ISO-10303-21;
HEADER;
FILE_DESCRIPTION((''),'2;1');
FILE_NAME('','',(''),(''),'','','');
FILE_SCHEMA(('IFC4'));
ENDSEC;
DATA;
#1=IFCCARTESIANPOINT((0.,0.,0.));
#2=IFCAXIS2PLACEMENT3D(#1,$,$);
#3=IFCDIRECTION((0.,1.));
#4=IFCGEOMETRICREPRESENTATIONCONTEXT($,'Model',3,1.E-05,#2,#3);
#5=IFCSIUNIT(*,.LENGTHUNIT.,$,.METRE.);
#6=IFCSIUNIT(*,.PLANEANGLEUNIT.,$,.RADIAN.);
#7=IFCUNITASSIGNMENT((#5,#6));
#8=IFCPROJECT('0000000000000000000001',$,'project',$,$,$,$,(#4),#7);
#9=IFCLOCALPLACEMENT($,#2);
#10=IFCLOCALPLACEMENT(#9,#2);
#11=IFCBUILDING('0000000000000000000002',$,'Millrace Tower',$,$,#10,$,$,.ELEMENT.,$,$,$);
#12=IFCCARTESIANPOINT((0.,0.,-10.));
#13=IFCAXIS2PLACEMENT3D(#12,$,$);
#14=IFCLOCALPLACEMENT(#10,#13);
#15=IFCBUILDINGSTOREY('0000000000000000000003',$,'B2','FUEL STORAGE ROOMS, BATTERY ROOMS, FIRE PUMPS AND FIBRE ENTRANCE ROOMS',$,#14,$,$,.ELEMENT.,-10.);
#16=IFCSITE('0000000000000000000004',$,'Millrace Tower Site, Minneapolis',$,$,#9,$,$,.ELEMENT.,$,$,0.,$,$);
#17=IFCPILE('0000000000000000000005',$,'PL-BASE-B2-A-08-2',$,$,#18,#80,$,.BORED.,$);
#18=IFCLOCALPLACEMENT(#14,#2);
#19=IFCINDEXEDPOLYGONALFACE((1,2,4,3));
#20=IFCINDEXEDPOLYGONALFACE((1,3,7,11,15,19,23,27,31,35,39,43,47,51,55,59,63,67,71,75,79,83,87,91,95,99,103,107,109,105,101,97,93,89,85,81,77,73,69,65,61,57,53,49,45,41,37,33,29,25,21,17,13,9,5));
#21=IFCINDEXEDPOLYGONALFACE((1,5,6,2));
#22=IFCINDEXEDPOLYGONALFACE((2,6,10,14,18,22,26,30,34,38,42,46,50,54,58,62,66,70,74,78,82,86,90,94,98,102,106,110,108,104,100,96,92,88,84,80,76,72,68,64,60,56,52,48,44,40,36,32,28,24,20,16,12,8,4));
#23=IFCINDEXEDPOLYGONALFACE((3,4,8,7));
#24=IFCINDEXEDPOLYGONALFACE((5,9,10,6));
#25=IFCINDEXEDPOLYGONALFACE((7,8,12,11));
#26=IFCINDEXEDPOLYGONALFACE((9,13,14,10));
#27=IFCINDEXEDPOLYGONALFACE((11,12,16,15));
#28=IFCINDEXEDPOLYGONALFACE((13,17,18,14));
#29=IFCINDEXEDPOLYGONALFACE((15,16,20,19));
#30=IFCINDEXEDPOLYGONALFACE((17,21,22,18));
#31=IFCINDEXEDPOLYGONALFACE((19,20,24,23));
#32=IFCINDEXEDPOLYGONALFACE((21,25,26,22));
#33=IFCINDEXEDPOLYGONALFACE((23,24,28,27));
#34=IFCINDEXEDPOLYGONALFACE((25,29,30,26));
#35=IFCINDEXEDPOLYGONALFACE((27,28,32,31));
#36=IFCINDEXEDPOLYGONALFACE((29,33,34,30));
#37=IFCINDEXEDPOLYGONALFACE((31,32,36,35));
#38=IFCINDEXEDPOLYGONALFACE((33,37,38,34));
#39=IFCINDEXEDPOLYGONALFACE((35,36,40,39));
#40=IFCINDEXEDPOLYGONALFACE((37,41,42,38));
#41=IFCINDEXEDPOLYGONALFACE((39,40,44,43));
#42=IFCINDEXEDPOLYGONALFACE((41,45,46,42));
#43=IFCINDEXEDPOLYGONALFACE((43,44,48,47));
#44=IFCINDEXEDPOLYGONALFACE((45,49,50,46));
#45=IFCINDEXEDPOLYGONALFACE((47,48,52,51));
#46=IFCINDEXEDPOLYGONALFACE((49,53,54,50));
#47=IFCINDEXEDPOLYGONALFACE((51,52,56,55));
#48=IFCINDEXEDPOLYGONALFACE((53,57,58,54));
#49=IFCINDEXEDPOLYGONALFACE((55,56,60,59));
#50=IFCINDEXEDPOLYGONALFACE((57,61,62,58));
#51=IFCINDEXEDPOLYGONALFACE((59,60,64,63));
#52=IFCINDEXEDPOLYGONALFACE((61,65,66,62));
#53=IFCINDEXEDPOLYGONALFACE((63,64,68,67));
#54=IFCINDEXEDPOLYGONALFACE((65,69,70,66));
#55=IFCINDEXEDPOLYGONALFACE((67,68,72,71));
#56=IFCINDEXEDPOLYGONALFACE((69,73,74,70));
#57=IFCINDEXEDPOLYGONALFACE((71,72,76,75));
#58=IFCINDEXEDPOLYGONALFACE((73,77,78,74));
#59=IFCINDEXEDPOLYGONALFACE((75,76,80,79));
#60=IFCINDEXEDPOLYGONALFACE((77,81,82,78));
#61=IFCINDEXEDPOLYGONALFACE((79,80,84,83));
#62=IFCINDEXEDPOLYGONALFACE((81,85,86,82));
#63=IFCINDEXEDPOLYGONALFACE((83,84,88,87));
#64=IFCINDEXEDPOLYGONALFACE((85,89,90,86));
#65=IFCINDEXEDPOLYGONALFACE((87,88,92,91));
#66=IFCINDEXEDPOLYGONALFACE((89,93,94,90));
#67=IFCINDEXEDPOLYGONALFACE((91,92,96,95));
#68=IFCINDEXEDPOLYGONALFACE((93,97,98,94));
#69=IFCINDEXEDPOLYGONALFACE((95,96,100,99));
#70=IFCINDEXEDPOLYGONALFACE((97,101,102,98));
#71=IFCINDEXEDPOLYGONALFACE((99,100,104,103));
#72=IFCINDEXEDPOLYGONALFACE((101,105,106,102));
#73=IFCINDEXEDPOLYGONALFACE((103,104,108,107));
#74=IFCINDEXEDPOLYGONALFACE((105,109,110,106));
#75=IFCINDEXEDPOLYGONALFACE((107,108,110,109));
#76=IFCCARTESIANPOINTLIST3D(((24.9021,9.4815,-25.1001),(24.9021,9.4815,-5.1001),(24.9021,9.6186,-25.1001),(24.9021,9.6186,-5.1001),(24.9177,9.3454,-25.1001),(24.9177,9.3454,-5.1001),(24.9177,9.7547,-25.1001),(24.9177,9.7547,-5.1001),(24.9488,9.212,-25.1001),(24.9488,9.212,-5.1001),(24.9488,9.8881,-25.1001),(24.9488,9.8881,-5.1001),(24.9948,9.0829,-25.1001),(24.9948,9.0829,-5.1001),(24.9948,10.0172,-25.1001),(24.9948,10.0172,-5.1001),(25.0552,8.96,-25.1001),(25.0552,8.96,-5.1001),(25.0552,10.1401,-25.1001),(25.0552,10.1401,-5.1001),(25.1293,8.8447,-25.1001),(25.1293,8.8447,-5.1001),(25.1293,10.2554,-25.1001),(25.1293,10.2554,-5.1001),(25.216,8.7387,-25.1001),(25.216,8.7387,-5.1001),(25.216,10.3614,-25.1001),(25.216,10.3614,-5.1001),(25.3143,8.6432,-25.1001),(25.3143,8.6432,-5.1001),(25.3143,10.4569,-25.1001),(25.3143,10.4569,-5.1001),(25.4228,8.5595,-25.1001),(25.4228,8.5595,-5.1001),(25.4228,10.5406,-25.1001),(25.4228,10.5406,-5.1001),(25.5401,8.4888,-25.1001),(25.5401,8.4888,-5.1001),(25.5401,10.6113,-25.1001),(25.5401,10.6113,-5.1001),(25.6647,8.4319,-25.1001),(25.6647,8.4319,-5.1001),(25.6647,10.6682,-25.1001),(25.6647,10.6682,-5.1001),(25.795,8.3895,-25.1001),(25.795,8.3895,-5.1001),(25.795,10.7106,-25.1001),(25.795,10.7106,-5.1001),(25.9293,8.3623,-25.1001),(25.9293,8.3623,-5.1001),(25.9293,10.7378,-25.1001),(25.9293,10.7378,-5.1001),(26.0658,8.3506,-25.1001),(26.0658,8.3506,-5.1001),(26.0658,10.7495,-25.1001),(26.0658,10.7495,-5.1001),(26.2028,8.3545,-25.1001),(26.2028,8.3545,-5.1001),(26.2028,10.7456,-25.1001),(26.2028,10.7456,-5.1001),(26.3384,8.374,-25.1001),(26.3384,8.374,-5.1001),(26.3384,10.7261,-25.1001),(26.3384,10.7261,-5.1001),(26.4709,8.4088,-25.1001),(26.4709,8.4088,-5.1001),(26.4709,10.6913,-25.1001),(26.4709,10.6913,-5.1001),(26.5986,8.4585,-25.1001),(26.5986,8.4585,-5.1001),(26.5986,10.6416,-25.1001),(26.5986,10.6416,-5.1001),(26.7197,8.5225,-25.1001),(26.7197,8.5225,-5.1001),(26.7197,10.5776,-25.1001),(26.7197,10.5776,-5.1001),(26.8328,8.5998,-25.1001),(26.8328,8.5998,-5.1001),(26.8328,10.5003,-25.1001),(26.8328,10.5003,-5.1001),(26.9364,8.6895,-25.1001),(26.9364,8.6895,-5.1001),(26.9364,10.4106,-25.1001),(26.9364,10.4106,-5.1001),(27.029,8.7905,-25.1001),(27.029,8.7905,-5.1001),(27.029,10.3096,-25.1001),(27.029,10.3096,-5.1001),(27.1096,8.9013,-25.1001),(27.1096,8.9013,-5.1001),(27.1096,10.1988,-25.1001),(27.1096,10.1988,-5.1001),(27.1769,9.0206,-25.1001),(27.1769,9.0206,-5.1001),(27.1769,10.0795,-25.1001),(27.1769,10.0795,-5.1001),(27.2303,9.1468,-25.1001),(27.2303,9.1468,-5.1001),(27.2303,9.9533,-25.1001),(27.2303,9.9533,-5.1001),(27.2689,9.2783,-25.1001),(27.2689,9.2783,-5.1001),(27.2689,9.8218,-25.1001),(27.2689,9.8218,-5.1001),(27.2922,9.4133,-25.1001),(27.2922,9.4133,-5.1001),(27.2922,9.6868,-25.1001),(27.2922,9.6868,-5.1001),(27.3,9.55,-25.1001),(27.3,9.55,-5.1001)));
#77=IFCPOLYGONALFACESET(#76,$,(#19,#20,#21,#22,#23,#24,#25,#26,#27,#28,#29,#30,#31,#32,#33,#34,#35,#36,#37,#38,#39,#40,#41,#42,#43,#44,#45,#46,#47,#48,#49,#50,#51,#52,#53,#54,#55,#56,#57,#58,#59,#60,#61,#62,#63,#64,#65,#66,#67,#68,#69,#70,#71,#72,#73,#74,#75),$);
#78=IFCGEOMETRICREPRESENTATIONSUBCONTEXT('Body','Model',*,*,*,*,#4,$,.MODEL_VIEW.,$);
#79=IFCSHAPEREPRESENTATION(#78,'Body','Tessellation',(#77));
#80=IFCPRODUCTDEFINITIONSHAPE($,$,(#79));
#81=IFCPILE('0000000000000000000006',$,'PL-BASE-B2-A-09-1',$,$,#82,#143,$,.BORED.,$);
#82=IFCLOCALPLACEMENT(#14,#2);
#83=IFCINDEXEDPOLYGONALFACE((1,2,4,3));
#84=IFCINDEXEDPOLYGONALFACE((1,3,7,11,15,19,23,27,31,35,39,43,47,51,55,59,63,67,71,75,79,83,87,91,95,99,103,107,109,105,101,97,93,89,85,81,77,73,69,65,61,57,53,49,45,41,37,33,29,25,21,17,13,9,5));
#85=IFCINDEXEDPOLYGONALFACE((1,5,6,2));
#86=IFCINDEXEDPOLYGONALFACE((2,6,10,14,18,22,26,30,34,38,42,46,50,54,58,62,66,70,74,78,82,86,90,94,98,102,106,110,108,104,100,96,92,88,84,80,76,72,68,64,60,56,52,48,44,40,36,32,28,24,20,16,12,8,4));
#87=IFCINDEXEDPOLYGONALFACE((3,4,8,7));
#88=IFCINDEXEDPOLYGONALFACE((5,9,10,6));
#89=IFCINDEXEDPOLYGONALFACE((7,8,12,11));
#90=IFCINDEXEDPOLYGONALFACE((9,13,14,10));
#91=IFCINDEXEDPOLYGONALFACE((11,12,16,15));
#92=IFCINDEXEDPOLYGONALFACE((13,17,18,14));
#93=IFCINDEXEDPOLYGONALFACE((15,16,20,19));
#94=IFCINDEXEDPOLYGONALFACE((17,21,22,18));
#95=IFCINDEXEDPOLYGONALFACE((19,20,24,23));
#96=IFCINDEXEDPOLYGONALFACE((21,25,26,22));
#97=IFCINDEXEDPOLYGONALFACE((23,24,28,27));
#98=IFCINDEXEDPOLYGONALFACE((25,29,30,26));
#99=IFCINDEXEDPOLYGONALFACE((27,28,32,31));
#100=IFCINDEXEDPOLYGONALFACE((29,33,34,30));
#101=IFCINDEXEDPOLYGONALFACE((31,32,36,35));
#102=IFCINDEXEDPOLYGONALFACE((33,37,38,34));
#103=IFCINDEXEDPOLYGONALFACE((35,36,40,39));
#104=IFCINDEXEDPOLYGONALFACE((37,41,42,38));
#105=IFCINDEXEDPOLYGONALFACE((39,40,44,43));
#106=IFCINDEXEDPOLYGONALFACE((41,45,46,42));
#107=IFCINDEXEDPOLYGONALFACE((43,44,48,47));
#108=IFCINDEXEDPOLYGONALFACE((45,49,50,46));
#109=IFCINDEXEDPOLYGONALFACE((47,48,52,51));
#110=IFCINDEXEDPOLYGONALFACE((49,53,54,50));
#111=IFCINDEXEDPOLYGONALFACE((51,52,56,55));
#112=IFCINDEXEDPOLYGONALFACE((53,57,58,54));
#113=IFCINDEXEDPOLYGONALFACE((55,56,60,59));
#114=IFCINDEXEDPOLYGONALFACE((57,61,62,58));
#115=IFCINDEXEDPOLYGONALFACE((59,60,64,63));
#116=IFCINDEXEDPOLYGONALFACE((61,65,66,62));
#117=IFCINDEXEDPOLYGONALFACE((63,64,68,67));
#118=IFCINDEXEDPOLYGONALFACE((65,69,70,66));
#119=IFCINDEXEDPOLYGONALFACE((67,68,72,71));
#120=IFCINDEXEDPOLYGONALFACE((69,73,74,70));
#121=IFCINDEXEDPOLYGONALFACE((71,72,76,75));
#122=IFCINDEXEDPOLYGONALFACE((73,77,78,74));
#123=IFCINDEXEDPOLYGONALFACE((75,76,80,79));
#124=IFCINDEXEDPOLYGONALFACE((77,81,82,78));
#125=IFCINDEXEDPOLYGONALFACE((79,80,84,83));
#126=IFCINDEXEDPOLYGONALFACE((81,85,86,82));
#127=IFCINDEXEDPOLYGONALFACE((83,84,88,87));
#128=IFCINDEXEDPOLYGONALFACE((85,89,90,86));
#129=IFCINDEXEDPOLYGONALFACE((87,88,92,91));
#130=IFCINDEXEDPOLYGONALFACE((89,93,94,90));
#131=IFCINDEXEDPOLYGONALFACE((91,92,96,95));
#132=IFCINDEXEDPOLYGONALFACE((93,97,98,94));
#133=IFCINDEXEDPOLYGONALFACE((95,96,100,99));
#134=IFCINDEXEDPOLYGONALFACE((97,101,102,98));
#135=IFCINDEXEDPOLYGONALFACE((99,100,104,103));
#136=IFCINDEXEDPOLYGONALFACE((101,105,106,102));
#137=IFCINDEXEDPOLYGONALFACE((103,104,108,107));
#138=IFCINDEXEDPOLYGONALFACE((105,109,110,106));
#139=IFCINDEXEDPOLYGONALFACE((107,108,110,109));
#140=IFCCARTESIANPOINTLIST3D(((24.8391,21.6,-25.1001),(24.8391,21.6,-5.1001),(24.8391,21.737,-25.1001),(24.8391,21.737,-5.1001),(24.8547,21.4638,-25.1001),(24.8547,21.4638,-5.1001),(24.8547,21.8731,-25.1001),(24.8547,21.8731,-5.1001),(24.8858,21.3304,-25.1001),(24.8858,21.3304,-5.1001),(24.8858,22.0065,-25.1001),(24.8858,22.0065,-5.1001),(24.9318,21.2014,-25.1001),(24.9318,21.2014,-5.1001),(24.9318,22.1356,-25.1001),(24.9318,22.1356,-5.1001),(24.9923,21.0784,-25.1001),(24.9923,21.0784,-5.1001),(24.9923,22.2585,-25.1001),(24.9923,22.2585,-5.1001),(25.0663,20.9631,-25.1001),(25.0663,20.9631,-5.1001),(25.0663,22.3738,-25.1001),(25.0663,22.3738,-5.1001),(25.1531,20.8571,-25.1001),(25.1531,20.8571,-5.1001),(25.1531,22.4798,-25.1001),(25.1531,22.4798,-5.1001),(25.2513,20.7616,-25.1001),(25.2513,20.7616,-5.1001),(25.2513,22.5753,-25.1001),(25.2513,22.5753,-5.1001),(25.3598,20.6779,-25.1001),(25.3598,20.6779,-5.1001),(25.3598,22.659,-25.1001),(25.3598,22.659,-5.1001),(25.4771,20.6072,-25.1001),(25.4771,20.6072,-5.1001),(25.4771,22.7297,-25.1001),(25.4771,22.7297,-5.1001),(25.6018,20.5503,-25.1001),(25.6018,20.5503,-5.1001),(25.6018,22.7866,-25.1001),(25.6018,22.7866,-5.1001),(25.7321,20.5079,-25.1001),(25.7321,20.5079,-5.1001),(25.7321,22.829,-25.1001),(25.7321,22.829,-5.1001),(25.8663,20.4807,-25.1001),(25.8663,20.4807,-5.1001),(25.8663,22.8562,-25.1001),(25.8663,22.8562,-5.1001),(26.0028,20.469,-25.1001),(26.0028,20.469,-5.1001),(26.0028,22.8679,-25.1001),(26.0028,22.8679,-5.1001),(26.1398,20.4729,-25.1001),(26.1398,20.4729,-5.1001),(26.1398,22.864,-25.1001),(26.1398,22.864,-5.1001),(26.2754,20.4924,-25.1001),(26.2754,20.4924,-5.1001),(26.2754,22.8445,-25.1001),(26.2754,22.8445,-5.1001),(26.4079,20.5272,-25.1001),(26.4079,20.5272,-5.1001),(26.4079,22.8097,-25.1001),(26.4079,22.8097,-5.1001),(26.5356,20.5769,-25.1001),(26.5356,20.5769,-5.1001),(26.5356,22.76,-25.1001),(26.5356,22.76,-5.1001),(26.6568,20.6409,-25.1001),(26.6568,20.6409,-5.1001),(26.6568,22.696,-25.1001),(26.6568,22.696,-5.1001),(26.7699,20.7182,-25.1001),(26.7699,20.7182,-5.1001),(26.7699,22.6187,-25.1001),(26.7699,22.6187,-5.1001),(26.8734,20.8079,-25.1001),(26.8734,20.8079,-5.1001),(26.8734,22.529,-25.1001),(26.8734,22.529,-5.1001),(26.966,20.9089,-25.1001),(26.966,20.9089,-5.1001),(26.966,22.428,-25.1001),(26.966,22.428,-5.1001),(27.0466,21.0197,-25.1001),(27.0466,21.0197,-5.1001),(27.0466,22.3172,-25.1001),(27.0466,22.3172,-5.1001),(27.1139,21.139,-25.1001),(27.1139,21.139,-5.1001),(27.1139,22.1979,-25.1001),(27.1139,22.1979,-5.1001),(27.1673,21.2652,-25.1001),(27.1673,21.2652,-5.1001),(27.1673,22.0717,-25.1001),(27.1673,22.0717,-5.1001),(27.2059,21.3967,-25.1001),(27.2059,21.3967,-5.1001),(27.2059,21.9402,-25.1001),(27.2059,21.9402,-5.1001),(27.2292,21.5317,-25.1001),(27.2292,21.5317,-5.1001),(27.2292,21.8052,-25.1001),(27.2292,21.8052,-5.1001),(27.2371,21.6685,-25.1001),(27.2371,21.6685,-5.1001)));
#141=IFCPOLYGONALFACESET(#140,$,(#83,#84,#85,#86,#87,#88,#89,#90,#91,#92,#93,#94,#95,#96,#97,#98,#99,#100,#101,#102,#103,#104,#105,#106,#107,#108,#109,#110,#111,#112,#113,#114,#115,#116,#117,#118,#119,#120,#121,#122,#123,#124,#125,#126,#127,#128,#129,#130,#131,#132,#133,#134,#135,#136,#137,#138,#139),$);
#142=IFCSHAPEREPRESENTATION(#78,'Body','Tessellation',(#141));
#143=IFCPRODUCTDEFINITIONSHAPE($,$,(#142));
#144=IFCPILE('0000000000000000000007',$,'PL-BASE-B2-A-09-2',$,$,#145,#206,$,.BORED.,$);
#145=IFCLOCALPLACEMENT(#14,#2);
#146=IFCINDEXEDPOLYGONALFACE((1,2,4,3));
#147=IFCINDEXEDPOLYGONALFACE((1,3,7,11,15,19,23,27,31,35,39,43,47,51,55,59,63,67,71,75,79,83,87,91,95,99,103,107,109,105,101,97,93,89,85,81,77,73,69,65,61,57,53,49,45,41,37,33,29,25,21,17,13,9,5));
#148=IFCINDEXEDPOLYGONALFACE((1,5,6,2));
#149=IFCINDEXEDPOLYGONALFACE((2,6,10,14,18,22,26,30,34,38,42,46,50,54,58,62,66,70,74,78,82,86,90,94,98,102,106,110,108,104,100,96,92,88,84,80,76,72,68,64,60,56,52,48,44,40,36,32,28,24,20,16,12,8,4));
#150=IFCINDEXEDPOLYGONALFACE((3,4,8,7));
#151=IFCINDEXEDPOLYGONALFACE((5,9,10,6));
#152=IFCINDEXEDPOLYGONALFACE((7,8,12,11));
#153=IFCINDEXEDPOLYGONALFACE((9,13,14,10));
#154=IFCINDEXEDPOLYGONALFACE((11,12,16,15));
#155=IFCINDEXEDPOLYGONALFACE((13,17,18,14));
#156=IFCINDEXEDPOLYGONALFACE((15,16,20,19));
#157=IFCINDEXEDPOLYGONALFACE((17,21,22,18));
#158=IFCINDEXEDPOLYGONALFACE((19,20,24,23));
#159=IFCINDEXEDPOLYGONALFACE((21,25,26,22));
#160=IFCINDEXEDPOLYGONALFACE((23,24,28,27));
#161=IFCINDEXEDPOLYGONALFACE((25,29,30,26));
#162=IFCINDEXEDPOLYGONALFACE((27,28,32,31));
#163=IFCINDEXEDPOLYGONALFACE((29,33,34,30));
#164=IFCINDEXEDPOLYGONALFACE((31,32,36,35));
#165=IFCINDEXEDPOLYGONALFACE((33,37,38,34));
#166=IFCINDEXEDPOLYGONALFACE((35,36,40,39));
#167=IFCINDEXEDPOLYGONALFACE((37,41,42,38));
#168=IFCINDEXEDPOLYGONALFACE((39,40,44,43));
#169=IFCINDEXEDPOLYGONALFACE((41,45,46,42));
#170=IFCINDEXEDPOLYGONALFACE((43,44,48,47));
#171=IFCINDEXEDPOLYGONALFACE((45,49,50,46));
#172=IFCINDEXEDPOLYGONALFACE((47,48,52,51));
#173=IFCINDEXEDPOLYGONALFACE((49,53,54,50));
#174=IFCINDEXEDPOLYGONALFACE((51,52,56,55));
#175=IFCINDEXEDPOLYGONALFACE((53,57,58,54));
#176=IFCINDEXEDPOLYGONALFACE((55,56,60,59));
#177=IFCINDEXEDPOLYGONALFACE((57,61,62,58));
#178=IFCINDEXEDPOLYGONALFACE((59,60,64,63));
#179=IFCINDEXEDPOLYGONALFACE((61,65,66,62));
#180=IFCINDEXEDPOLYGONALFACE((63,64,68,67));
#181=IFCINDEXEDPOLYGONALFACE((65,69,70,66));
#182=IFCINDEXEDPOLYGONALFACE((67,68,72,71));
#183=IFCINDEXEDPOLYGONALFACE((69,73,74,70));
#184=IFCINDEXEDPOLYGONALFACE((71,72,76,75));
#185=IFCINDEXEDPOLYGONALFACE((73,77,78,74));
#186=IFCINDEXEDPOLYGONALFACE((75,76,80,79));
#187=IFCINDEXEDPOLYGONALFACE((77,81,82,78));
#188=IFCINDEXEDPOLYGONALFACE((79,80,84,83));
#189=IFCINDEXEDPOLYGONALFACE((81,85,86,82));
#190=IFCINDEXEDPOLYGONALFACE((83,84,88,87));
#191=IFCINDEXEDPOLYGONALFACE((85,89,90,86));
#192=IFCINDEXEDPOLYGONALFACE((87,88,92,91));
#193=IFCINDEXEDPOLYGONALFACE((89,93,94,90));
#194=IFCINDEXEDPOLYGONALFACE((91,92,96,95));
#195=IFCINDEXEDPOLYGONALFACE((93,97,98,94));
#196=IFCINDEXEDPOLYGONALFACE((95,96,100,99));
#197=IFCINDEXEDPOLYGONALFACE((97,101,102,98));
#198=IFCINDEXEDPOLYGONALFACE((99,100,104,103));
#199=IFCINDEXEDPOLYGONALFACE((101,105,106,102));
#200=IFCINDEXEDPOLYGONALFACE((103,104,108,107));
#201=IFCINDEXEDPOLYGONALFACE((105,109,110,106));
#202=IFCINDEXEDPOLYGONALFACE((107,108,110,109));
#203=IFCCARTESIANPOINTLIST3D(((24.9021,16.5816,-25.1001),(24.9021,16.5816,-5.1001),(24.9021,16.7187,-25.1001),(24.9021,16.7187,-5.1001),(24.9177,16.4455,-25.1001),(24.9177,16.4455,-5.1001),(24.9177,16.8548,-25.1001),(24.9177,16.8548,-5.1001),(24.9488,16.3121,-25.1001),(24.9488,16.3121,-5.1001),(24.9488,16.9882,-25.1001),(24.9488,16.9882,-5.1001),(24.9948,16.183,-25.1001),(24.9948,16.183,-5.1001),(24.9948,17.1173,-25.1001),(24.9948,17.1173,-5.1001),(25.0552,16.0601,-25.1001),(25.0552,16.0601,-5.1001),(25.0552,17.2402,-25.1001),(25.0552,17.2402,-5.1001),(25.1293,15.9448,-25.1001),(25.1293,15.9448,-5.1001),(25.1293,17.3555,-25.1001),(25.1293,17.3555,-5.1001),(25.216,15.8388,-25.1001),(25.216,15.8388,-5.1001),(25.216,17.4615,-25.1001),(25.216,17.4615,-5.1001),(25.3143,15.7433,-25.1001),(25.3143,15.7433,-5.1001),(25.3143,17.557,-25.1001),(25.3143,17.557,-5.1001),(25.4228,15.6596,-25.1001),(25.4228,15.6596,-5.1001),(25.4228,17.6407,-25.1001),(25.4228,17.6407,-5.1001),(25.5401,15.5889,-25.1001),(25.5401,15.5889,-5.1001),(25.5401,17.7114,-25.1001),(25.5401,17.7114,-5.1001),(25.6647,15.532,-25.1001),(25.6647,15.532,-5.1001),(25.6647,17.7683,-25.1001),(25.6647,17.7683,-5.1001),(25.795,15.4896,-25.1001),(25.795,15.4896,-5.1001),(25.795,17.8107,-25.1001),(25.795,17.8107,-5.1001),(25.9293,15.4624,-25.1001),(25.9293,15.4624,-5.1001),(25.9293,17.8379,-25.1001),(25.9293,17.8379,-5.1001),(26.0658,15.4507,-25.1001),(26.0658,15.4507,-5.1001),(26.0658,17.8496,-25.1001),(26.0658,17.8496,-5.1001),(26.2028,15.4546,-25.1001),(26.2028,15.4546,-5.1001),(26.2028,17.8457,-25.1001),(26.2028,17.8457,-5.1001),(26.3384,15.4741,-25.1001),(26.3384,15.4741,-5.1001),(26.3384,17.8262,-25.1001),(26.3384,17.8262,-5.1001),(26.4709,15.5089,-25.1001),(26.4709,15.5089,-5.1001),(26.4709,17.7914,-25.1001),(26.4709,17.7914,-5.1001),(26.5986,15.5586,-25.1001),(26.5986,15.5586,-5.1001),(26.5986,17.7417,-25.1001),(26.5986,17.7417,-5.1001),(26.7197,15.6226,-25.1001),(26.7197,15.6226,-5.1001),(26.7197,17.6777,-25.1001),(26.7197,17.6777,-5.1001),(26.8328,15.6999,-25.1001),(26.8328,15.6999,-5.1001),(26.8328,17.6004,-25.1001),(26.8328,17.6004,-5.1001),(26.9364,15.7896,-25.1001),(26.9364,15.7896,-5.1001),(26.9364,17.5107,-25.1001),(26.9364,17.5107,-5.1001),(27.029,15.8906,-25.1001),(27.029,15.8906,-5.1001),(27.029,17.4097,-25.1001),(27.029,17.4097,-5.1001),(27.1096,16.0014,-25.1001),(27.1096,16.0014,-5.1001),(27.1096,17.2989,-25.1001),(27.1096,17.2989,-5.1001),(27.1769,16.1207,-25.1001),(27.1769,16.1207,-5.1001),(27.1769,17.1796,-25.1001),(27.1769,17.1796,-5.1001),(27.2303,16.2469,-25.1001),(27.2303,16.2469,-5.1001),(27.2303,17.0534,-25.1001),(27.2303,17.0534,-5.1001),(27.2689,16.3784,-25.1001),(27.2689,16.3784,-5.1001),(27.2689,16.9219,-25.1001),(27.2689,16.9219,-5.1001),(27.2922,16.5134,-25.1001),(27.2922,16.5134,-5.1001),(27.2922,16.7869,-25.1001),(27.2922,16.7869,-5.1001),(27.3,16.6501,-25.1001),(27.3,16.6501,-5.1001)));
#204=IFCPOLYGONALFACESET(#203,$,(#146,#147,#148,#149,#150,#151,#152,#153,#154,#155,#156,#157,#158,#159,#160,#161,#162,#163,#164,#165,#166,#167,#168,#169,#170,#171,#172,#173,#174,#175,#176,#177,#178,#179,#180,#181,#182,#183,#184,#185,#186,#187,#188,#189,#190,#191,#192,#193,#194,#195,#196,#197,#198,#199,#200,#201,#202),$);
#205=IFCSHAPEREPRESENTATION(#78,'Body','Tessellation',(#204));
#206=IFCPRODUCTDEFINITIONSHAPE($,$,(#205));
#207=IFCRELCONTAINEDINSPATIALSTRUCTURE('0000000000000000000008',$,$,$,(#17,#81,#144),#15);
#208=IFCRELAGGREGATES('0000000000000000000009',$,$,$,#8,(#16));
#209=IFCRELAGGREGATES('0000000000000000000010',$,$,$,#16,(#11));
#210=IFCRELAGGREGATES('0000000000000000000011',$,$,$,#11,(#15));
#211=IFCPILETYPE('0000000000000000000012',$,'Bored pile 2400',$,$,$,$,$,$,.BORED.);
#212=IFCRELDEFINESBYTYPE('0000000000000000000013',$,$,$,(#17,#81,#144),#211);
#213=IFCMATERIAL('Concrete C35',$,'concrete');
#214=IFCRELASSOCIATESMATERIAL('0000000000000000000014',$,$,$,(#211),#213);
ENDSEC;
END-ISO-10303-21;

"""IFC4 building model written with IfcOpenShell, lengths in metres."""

from ifc_helpers import new_model, si_unit, direction, frame, origin, origin_2d, place, context, subcontext, project, spatial, circle, extrude, material, material_profile, profile_set, type_object, element, save


model = new_model("IFC4")

# Units and contexts
model_context = context("Model", 3, precision=1e-05, world=origin(), true_north=direction((0.0, 1.0)))
body_context = subcontext(model_context, "Body", "Model", "MODEL_VIEW")
ifc_project = project(units=[si_unit("LENGTHUNIT", "METRE"), si_unit("PLANEANGLEUNIT", "RADIAN")], contexts=[model_context])

# Site, building, storey
site_placement = place(None, origin())
site = spatial("IfcSite", under=ifc_project, at=site_placement, Name="Millrace Tower Site, Minneapolis", CompositionType="ELEMENT", RefElevation=0.0)
building_placement = place(site_placement, origin())
building = spatial("IfcBuilding", under=site, at=building_placement, Name="Millrace Tower", CompositionType="ELEMENT")
storey_placement = place(building_placement, frame((0.0, 0.0, -10.0)))
storey = spatial("IfcBuildingStorey", under=building, at=storey_placement, Name="B2", Description="FUEL STORAGE ROOMS, BATTERY ROOMS, FIRE PUMPS AND FIBRE ENTRANCE ROOMS", CompositionType="ELEMENT", Elevation=-10.0)

# Piles
ifc_material_1 = material(Name="Concrete C35", Category="concrete")
ifc_material_profile_1 = material_profile(ifc_material_1, circle(Radius=1.2, at=origin_2d()))
ifc_profile_set_1 = profile_set([ifc_material_profile_1], Name="Concrete C35")
pile_type = type_object("IfcPileType", Name="Bored pile 2400", PredefinedType="BORED", material=ifc_profile_set_1)
for number, where, z_axis, x_axis, name in (
    (1, (26.1001, 9.55, -5.1001), (0.0, 0.0, -1.0), (1.0, 0.0, 0.0), "PL-BASE-B2-A-08-2"),
    (2, (26.0371, 21.6685, -5.1001), (0.0, 0.0, -1.0), (1.0, 0.0, 0.0), "PL-BASE-B2-A-09-1"),
    (3, (26.1001, 16.6501, -5.1001), (0.0, 0.0, -1.0), (1.0, 0.0, 0.0), "PL-BASE-B2-A-09-2"),
):
    element("IfcPile", number, at=place(storey_placement, frame(where, z_axis=z_axis, x_axis=x_axis)), inside=storey, type_object=pile_type, Name=name, PredefinedType="BORED", context=body_context, shape_type="SweptSolid", body=[
        extrude(circle(Radius=1.2, at=origin_2d()), origin(), (0.0, 0.0, 1.0), 20.0),
    ])

save(model, "model.ifc")
